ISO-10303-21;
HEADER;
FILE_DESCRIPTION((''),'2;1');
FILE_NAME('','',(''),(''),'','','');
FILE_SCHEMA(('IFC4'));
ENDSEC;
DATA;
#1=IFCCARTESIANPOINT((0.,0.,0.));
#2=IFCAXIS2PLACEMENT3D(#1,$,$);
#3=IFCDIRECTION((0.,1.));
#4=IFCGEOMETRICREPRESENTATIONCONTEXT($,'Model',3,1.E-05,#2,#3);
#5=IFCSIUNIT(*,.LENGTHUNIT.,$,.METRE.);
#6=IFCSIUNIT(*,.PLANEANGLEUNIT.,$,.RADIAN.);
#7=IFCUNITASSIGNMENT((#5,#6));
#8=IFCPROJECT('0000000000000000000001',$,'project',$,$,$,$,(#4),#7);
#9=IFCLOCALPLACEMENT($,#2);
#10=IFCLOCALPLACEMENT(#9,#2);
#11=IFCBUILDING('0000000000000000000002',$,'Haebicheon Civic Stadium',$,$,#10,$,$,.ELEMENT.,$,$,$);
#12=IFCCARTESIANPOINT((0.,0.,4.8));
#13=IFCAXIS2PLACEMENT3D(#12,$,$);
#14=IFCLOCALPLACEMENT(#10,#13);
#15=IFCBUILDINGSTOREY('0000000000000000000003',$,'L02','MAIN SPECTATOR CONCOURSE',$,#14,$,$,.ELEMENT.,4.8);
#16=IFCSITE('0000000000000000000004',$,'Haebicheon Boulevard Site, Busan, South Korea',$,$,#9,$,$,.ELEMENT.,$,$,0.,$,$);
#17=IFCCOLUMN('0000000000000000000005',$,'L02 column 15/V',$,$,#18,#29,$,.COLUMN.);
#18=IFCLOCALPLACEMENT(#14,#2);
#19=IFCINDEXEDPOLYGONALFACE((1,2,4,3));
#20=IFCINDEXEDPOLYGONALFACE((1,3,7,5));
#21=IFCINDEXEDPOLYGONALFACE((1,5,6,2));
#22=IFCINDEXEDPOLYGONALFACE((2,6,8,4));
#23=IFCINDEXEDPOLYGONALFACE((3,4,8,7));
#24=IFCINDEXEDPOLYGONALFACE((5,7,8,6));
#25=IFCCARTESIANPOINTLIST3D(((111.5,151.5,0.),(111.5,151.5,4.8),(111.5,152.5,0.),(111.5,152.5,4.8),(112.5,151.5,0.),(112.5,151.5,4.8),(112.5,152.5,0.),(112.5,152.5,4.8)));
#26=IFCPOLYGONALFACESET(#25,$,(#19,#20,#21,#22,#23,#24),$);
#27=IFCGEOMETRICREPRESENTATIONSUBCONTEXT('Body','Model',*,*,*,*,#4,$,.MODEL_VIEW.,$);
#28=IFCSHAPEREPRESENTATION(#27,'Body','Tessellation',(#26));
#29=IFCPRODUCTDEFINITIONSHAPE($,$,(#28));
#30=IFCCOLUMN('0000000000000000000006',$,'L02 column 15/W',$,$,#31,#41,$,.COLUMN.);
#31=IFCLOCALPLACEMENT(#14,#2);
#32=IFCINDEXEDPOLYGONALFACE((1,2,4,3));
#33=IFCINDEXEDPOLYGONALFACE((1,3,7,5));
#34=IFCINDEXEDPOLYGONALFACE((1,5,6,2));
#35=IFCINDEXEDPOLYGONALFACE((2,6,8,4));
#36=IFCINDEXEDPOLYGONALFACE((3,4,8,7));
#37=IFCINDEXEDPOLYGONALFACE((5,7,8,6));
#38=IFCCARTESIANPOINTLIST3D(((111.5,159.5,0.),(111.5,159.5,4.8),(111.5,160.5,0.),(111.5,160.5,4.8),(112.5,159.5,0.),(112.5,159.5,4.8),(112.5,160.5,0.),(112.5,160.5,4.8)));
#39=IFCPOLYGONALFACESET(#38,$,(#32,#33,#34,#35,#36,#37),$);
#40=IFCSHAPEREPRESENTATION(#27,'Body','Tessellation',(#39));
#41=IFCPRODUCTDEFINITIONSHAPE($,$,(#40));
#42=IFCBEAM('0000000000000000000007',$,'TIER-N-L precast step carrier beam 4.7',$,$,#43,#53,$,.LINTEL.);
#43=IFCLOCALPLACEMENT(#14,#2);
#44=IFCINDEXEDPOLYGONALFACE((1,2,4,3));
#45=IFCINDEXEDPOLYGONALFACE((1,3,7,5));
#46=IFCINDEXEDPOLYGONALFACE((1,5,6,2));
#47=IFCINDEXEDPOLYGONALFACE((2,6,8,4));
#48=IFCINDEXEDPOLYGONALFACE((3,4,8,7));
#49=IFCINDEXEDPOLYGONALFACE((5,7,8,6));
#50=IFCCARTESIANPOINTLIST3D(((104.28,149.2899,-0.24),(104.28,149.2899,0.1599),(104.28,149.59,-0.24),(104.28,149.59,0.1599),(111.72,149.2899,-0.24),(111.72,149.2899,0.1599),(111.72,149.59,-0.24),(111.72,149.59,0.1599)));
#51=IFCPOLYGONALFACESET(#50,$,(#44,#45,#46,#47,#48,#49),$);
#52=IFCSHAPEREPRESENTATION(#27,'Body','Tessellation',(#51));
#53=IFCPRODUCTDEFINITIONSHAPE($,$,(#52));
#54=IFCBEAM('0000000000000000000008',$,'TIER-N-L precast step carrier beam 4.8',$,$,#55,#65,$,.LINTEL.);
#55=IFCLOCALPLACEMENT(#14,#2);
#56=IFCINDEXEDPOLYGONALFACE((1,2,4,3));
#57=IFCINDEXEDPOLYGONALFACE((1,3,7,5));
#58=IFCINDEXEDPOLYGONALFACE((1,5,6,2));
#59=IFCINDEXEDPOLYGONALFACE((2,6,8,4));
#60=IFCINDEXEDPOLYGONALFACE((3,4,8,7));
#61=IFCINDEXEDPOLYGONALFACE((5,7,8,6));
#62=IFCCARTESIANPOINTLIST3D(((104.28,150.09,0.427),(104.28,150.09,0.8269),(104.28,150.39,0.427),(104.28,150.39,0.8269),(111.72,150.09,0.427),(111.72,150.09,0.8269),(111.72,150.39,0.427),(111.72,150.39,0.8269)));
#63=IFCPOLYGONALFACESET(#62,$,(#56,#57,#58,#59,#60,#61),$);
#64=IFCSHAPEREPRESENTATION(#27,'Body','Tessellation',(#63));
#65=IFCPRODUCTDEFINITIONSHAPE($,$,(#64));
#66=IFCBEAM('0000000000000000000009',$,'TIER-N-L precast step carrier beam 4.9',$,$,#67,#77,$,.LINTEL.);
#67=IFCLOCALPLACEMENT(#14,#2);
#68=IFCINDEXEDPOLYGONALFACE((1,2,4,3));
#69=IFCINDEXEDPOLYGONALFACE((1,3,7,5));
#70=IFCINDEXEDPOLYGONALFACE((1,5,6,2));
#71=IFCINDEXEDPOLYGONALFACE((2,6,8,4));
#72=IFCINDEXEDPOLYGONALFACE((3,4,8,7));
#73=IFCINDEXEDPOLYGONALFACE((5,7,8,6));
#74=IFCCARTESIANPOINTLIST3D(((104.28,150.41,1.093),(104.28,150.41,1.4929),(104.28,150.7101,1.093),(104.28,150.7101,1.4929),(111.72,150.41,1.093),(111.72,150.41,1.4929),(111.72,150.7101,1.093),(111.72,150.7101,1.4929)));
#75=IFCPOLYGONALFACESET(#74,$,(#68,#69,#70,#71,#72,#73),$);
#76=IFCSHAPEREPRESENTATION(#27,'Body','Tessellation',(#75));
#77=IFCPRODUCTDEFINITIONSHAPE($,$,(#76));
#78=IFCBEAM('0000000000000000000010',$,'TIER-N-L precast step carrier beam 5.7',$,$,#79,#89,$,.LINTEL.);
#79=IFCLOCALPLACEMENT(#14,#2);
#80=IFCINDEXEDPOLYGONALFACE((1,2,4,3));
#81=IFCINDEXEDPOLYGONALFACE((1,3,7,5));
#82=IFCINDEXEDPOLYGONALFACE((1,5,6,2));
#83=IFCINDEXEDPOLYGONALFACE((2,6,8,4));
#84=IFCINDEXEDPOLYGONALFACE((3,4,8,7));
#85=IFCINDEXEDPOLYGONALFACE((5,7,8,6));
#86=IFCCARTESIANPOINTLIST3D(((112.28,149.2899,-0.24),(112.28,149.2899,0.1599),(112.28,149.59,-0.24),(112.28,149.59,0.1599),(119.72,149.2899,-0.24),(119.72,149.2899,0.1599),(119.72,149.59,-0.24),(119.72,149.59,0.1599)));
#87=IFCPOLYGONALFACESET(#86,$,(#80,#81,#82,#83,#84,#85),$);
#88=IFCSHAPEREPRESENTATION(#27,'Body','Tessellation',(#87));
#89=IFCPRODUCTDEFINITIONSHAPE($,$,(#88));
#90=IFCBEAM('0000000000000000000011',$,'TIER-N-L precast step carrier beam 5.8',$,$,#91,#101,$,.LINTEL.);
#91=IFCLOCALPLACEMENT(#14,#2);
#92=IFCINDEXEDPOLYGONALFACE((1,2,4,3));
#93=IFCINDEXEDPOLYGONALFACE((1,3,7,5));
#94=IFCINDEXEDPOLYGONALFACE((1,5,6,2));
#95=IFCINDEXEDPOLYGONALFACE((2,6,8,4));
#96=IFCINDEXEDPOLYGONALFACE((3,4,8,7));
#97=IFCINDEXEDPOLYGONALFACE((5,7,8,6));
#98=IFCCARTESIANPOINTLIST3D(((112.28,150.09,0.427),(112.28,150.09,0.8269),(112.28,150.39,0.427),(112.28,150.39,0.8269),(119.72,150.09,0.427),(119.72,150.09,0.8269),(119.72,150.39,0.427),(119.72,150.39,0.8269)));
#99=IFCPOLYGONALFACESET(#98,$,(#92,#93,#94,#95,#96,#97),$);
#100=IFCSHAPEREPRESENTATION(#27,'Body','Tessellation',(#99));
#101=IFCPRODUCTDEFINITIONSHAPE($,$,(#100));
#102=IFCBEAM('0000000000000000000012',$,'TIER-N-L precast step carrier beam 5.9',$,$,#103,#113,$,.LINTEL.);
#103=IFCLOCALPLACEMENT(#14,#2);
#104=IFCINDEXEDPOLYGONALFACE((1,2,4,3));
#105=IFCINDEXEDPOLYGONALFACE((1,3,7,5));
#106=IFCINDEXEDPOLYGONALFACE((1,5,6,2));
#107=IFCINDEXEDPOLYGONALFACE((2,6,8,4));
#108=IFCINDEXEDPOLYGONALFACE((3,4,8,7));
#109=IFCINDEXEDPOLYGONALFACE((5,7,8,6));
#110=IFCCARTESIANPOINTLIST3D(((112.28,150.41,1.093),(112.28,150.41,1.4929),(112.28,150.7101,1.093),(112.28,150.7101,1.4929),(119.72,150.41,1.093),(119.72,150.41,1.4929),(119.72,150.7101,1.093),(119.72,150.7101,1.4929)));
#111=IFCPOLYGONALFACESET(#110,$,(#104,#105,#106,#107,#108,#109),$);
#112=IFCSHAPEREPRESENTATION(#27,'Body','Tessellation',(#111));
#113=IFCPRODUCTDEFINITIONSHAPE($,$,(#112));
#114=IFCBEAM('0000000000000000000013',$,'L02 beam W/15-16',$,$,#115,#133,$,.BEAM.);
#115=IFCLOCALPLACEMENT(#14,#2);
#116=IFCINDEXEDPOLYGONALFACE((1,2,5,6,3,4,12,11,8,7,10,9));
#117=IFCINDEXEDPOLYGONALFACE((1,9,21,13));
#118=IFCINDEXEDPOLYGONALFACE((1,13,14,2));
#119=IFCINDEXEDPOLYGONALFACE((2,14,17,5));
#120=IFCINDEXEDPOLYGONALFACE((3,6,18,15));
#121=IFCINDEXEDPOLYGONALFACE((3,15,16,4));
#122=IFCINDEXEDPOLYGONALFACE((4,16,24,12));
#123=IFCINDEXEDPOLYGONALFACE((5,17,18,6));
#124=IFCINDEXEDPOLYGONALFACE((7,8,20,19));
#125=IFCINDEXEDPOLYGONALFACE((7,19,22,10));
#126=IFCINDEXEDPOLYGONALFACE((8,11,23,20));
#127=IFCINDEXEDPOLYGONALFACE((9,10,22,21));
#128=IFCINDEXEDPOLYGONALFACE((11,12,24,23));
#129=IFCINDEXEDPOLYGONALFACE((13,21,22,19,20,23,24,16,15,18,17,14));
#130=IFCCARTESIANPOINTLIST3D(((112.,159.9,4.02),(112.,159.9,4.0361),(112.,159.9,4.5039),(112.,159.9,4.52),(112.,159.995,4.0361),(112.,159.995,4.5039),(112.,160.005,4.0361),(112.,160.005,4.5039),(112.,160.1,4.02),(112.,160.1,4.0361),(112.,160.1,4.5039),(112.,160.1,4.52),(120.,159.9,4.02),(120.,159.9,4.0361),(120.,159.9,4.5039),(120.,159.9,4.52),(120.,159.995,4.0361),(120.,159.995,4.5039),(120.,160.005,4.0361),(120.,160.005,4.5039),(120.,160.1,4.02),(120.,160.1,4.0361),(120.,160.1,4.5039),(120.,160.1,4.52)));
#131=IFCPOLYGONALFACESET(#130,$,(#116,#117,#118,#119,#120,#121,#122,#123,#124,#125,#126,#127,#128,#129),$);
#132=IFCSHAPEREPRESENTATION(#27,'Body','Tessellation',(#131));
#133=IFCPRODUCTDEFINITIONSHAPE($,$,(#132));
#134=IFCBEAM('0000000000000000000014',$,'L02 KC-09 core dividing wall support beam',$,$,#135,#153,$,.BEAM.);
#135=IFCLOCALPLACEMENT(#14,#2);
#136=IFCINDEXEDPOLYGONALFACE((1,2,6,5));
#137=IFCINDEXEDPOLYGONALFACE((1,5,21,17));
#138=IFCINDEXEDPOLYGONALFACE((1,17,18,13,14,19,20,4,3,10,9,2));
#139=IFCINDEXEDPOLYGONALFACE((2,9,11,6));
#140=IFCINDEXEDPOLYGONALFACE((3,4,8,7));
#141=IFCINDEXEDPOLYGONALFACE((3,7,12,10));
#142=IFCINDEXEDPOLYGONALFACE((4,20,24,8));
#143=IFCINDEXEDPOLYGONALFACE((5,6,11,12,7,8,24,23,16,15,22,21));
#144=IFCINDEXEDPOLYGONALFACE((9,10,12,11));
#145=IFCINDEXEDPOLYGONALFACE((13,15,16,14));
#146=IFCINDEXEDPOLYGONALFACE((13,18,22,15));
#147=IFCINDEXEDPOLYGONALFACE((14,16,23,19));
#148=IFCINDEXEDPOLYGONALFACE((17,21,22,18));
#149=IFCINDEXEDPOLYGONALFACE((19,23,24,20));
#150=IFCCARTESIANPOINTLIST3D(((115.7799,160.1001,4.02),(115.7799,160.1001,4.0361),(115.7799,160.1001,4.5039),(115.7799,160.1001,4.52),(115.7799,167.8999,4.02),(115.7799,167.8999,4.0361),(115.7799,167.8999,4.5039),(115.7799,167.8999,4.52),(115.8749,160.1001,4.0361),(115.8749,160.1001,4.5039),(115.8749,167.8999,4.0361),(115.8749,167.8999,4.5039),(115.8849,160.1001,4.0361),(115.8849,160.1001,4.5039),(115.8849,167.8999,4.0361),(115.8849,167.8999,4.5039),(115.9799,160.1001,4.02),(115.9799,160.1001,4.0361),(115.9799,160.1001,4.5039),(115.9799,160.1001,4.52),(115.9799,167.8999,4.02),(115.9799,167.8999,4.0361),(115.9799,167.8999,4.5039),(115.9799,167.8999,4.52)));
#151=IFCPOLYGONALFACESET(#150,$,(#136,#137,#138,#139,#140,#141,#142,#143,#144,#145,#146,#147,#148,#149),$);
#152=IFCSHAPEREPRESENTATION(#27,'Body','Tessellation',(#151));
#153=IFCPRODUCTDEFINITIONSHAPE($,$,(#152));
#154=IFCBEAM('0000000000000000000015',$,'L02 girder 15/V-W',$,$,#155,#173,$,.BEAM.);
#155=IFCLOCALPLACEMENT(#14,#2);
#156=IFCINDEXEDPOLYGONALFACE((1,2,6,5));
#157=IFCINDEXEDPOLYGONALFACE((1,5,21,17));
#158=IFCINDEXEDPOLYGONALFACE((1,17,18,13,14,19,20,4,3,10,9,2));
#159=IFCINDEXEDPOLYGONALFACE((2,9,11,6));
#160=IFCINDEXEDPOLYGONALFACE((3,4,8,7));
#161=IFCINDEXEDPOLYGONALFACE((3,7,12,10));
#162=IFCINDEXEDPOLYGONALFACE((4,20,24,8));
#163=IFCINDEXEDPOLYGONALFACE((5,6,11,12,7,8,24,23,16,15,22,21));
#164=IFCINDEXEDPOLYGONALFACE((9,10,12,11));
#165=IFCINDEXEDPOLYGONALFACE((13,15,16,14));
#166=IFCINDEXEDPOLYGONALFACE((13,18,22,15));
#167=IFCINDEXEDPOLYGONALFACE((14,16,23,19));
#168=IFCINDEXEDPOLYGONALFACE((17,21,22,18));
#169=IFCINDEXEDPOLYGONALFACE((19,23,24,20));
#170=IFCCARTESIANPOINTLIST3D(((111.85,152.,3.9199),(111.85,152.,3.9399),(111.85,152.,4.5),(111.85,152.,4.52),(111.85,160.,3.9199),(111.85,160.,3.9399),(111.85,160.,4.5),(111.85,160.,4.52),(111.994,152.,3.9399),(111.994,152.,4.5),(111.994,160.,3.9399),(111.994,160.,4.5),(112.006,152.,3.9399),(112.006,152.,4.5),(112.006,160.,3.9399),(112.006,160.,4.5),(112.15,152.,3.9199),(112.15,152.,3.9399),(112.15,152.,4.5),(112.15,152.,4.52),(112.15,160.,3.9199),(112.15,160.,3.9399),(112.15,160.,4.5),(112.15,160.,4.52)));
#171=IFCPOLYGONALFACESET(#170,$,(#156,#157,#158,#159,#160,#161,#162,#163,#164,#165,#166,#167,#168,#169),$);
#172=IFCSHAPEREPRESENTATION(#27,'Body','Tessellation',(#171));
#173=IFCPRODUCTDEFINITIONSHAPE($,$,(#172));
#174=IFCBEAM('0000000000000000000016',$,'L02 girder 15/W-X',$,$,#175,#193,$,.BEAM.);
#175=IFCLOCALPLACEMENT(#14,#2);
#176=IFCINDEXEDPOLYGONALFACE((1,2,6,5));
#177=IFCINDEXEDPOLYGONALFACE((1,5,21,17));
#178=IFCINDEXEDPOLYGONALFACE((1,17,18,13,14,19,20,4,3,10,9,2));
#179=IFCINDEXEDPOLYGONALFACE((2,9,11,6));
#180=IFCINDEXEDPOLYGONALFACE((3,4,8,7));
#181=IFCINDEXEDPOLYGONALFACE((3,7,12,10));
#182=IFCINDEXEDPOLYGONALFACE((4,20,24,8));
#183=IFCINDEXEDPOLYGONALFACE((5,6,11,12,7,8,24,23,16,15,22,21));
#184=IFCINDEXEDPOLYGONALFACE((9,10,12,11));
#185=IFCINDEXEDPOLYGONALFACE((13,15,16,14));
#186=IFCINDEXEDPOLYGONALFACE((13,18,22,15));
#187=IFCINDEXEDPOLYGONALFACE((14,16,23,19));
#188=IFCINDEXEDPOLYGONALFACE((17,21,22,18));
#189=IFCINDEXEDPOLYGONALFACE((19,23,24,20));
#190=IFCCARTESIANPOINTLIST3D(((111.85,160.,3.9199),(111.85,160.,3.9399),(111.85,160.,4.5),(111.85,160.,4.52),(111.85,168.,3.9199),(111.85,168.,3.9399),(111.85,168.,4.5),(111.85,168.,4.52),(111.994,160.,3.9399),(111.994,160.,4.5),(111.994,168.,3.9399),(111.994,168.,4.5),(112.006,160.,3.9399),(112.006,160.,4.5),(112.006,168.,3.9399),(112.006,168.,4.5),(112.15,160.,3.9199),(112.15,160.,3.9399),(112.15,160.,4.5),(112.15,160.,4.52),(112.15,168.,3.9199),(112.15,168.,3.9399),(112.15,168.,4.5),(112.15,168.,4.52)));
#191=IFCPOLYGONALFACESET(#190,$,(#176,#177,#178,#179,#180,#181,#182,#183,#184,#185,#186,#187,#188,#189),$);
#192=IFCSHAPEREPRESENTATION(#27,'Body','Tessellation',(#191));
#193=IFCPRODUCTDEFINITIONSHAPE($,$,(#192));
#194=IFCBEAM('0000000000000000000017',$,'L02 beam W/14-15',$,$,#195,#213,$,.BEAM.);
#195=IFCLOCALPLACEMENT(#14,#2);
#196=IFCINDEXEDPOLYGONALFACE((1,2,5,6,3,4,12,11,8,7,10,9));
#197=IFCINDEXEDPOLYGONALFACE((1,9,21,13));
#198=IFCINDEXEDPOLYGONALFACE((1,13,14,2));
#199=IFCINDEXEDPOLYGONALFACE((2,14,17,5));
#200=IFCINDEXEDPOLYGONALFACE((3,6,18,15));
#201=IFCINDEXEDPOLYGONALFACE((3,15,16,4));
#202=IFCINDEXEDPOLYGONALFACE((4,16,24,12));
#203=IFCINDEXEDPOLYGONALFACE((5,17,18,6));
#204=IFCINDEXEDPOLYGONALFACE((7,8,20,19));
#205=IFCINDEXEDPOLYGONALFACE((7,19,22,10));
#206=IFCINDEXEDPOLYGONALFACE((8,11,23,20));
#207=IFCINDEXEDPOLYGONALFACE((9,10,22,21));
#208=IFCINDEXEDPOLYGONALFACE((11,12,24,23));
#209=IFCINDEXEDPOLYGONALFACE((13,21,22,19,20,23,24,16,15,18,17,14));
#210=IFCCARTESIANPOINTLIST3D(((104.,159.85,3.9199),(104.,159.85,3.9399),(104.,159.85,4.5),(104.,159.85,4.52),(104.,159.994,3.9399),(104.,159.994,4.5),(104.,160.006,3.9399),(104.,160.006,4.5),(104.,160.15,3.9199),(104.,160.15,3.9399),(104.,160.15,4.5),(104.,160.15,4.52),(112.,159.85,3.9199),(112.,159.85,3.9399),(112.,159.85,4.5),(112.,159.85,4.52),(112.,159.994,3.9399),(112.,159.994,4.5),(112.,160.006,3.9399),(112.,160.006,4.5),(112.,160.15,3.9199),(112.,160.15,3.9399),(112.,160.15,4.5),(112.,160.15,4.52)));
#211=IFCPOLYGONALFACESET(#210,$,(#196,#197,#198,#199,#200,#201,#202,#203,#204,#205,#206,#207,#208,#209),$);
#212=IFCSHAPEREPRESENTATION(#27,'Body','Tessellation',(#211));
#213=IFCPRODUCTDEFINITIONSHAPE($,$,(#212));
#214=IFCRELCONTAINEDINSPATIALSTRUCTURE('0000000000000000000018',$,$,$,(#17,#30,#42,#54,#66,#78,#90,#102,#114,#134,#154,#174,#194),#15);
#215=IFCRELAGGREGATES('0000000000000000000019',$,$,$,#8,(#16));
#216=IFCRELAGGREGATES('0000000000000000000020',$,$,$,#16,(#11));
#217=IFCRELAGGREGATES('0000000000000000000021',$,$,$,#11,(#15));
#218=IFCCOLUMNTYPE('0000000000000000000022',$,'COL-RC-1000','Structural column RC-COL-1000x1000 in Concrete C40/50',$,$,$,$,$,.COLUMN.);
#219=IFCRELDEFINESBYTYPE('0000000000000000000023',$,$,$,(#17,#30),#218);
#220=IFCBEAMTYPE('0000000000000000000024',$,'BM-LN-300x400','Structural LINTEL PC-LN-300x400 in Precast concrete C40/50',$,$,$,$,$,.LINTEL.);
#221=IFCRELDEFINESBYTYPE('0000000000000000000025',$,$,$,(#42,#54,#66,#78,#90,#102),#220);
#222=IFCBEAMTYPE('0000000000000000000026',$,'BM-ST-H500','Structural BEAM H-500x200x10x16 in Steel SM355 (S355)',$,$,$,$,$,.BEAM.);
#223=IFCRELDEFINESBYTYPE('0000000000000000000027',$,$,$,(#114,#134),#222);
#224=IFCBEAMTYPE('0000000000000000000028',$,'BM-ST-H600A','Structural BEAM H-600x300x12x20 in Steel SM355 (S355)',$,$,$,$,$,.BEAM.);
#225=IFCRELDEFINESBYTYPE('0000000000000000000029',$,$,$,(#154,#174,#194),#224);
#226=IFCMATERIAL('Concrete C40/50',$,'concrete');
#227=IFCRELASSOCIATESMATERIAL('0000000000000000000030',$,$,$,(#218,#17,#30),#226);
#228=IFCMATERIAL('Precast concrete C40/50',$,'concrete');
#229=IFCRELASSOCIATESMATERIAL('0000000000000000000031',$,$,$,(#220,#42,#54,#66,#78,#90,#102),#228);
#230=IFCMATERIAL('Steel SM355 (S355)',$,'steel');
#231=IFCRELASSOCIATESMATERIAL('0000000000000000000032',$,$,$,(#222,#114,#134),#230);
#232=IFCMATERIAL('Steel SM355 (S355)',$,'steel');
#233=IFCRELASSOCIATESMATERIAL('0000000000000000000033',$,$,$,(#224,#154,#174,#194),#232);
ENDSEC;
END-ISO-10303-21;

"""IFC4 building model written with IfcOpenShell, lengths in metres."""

from ifc_helpers import new_model, si_unit, direction, frame, origin, origin_2d, place, context, subcontext, project, spatial, rectangle, i_section, extrude, material, material_profile, profile_set, type_object, element, save


model = new_model("IFC4")

# Units and contexts
model_context = context("Model", 3, precision=1e-05, world=origin(), true_north=direction((0.0, 1.0)))
body_context = subcontext(model_context, "Body", "Model", "MODEL_VIEW")
ifc_project = project(units=[si_unit("LENGTHUNIT", "METRE"), si_unit("PLANEANGLEUNIT", "RADIAN")], contexts=[model_context])

# Site, building, storey
site_placement = place(None, origin())
site = spatial("IfcSite", under=ifc_project, at=site_placement, Name="Haebicheon Boulevard Site, Busan, South Korea", CompositionType="ELEMENT", RefElevation=0.0)
building_placement = place(site_placement, origin())
building = spatial("IfcBuilding", under=site, at=building_placement, Name="Haebicheon Civic Stadium", CompositionType="ELEMENT")
storey_placement = place(building_placement, frame((0.0, 0.0, 4.8)))
storey = spatial("IfcBuildingStorey", under=building, at=storey_placement, Name="L02", Description="MAIN SPECTATOR CONCOURSE", CompositionType="ELEMENT", Elevation=4.8)

# Columns
ifc_material_1 = material(Name="Concrete C40/50", Category="concrete")
ifc_material_profile_1 = material_profile(ifc_material_1, rectangle(XDim=1.0, YDim=1.0, at=origin_2d()), Name="RC-COL-1000x1000")
ifc_profile_set_1 = profile_set([ifc_material_profile_1], Name="Concrete C40/50")
column_type = type_object("IfcColumnType", Name="COL-RC-1000", Description="Structural column RC-COL-1000x1000 in Concrete C40/50", PredefinedType="COLUMN", material=ifc_profile_set_1)
for number, where, z_axis, x_axis, name in (
    (1, (112.0, 152.0, 0.0), (0.0, 0.0, 1.0), (1.0, 0.0, 0.0), "L02 column 15/V"),
    (2, (112.0, 160.0, 0.0), (0.0, 0.0, 1.0), (1.0, 0.0, 0.0), "L02 column 15/W"),
):
    element("IfcColumn", number, at=place(storey_placement, frame(where, z_axis=z_axis, x_axis=x_axis)), inside=storey, type_object=column_type, material=ifc_profile_set_1, Name=name, PredefinedType="COLUMN", context=body_context, shape_type="SweptSolid", body=[
        extrude(rectangle(XDim=1.0, YDim=1.0, at=origin_2d()), origin(), (0.0, 0.0, 1.0), 4.8),
    ])

# Beams
ifc_material_2 = material(Name="Precast concrete C40/50", Category="concrete")
ifc_material_profile_2 = material_profile(ifc_material_2, rectangle(XDim=0.3, YDim=0.3999, at=origin_2d()), Name="PC-LN-300x400")
ifc_profile_set_2 = profile_set([ifc_material_profile_2], Name="Precast concrete C40/50")
beam_type_1 = type_object("IfcBeamType", Name="BM-LN-300x400", Description="Structural LINTEL PC-LN-300x400 in Precast concrete C40/50", PredefinedType="LINTEL", material=ifc_profile_set_2)
for number, where, z_axis, x_axis, name in (
    (3, (104.28, 149.4399, -0.04), (1.0, 0.0, 0.0), (0.0, 1.0, 0.0), "TIER-N-L precast step carrier beam 4.7"),
    (4, (104.28, 150.24, 0.627), (1.0, 0.0, 0.0), (0.0, 1.0, 0.0), "TIER-N-L precast step carrier beam 4.8"),
    (5, (104.28, 150.5601, 1.293), (1.0, 0.0, 0.0), (0.0, 1.0, 0.0), "TIER-N-L precast step carrier beam 4.9"),
    (6, (112.28, 149.4399, -0.04), (1.0, 0.0, 0.0), (0.0, 1.0, 0.0), "TIER-N-L precast step carrier beam 5.7"),
    (7, (112.28, 150.24, 0.627), (1.0, 0.0, 0.0), (0.0, 1.0, 0.0), "TIER-N-L precast step carrier beam 5.8"),
    (8, (112.28, 150.5601, 1.293), (1.0, 0.0, 0.0), (0.0, 1.0, 0.0), "TIER-N-L precast step carrier beam 5.9"),
):
    element("IfcBeam", number, at=place(storey_placement, frame(where, z_axis=z_axis, x_axis=x_axis)), inside=storey, type_object=beam_type_1, material=ifc_profile_set_2, Name=name, PredefinedType="LINTEL", context=body_context, shape_type="SweptSolid", body=[
        extrude(rectangle(XDim=0.3, YDim=0.3999, at=origin_2d()), origin(), (0.0, 0.0, 1.0), 7.4399),
    ])
ifc_material_3 = material(Name="Steel SM355 (S355)", Category="steel")
ifc_material_profile_3 = material_profile(ifc_material_3, i_section(OverallWidth=0.2, OverallDepth=0.5, WebThickness=0.01, FlangeThickness=0.0161, at=origin_2d()), Name="H-500x200x10x16")
ifc_profile_set_3 = profile_set([ifc_material_profile_3], Name="Steel SM355 (S355)")
beam_type_2 = type_object("IfcBeamType", Name="BM-ST-H500", Description="Structural BEAM H-500x200x10x16 in Steel SM355 (S355)", PredefinedType="BEAM", material=ifc_profile_set_3)
beam_1_placement = place(storey_placement, frame((112.0, 160.0, 4.27), z_axis=(1.0, 0.0, 0.0), x_axis=(0.0, 1.0, 0.0)))
element("IfcBeam", 9, at=beam_1_placement, inside=storey, type_object=beam_type_2, material=ifc_profile_set_3, Name="L02 beam W/15-16", PredefinedType="BEAM", context=body_context, shape_type="SweptSolid", body=[
    extrude(i_section(OverallWidth=0.2, OverallDepth=0.5, WebThickness=0.01, FlangeThickness=0.0161, at=origin_2d()), origin(), (0.0, 0.0, 1.0), 8.0),
])
beam_2_placement = place(storey_placement, frame((115.8799, 160.1001, 4.27), z_axis=(0.0, 1.0, 0.0), x_axis=(-1.0, 0.0, 0.0)))
element("IfcBeam", 10, at=beam_2_placement, inside=storey, type_object=beam_type_2, material=ifc_profile_set_3, Name="L02 KC-09 core dividing wall support beam", PredefinedType="BEAM", context=body_context, shape_type="SweptSolid", body=[
    extrude(i_section(OverallWidth=0.2, OverallDepth=0.5, WebThickness=0.01, FlangeThickness=0.0161, at=origin_2d()), origin(), (0.0, 0.0, 1.0), 7.7998),
])
ifc_material_4 = material(Name="Steel SM355 (S355)", Category="steel")
ifc_material_profile_4 = material_profile(ifc_material_4, i_section(OverallWidth=0.3, OverallDepth=0.6001, WebThickness=0.012, FlangeThickness=0.02, at=origin_2d()), Name="H-600x300x12x20")
ifc_profile_set_4 = profile_set([ifc_material_profile_4], Name="Steel SM355 (S355)")
beam_type_3 = type_object("IfcBeamType", Name="BM-ST-H600A", Description="Structural BEAM H-600x300x12x20 in Steel SM355 (S355)", PredefinedType="BEAM", material=ifc_profile_set_4)
for number, where, z_axis, x_axis, name in (
    (11, (112.0, 152.0, 4.22), (0.0, 1.0, 0.0), (-1.0, 0.0, 0.0), "L02 girder 15/V-W"),
    (12, (112.0, 160.0, 4.22), (0.0, 1.0, 0.0), (-1.0, 0.0, 0.0), "L02 girder 15/W-X"),
    (13, (104.0, 160.0, 4.22), (1.0, 0.0, 0.0), (0.0, 1.0, 0.0), "L02 beam W/14-15"),
):
    element("IfcBeam", number, at=place(storey_placement, frame(where, z_axis=z_axis, x_axis=x_axis)), inside=storey, type_object=beam_type_3, material=ifc_profile_set_4, Name=name, PredefinedType="BEAM", context=body_context, shape_type="SweptSolid", body=[
        extrude(i_section(OverallWidth=0.3, OverallDepth=0.6001, WebThickness=0.012, FlangeThickness=0.02, at=origin_2d()), origin(), (0.0, 0.0, 1.0), 8.0),
    ])

save(model, "model.ifc")
